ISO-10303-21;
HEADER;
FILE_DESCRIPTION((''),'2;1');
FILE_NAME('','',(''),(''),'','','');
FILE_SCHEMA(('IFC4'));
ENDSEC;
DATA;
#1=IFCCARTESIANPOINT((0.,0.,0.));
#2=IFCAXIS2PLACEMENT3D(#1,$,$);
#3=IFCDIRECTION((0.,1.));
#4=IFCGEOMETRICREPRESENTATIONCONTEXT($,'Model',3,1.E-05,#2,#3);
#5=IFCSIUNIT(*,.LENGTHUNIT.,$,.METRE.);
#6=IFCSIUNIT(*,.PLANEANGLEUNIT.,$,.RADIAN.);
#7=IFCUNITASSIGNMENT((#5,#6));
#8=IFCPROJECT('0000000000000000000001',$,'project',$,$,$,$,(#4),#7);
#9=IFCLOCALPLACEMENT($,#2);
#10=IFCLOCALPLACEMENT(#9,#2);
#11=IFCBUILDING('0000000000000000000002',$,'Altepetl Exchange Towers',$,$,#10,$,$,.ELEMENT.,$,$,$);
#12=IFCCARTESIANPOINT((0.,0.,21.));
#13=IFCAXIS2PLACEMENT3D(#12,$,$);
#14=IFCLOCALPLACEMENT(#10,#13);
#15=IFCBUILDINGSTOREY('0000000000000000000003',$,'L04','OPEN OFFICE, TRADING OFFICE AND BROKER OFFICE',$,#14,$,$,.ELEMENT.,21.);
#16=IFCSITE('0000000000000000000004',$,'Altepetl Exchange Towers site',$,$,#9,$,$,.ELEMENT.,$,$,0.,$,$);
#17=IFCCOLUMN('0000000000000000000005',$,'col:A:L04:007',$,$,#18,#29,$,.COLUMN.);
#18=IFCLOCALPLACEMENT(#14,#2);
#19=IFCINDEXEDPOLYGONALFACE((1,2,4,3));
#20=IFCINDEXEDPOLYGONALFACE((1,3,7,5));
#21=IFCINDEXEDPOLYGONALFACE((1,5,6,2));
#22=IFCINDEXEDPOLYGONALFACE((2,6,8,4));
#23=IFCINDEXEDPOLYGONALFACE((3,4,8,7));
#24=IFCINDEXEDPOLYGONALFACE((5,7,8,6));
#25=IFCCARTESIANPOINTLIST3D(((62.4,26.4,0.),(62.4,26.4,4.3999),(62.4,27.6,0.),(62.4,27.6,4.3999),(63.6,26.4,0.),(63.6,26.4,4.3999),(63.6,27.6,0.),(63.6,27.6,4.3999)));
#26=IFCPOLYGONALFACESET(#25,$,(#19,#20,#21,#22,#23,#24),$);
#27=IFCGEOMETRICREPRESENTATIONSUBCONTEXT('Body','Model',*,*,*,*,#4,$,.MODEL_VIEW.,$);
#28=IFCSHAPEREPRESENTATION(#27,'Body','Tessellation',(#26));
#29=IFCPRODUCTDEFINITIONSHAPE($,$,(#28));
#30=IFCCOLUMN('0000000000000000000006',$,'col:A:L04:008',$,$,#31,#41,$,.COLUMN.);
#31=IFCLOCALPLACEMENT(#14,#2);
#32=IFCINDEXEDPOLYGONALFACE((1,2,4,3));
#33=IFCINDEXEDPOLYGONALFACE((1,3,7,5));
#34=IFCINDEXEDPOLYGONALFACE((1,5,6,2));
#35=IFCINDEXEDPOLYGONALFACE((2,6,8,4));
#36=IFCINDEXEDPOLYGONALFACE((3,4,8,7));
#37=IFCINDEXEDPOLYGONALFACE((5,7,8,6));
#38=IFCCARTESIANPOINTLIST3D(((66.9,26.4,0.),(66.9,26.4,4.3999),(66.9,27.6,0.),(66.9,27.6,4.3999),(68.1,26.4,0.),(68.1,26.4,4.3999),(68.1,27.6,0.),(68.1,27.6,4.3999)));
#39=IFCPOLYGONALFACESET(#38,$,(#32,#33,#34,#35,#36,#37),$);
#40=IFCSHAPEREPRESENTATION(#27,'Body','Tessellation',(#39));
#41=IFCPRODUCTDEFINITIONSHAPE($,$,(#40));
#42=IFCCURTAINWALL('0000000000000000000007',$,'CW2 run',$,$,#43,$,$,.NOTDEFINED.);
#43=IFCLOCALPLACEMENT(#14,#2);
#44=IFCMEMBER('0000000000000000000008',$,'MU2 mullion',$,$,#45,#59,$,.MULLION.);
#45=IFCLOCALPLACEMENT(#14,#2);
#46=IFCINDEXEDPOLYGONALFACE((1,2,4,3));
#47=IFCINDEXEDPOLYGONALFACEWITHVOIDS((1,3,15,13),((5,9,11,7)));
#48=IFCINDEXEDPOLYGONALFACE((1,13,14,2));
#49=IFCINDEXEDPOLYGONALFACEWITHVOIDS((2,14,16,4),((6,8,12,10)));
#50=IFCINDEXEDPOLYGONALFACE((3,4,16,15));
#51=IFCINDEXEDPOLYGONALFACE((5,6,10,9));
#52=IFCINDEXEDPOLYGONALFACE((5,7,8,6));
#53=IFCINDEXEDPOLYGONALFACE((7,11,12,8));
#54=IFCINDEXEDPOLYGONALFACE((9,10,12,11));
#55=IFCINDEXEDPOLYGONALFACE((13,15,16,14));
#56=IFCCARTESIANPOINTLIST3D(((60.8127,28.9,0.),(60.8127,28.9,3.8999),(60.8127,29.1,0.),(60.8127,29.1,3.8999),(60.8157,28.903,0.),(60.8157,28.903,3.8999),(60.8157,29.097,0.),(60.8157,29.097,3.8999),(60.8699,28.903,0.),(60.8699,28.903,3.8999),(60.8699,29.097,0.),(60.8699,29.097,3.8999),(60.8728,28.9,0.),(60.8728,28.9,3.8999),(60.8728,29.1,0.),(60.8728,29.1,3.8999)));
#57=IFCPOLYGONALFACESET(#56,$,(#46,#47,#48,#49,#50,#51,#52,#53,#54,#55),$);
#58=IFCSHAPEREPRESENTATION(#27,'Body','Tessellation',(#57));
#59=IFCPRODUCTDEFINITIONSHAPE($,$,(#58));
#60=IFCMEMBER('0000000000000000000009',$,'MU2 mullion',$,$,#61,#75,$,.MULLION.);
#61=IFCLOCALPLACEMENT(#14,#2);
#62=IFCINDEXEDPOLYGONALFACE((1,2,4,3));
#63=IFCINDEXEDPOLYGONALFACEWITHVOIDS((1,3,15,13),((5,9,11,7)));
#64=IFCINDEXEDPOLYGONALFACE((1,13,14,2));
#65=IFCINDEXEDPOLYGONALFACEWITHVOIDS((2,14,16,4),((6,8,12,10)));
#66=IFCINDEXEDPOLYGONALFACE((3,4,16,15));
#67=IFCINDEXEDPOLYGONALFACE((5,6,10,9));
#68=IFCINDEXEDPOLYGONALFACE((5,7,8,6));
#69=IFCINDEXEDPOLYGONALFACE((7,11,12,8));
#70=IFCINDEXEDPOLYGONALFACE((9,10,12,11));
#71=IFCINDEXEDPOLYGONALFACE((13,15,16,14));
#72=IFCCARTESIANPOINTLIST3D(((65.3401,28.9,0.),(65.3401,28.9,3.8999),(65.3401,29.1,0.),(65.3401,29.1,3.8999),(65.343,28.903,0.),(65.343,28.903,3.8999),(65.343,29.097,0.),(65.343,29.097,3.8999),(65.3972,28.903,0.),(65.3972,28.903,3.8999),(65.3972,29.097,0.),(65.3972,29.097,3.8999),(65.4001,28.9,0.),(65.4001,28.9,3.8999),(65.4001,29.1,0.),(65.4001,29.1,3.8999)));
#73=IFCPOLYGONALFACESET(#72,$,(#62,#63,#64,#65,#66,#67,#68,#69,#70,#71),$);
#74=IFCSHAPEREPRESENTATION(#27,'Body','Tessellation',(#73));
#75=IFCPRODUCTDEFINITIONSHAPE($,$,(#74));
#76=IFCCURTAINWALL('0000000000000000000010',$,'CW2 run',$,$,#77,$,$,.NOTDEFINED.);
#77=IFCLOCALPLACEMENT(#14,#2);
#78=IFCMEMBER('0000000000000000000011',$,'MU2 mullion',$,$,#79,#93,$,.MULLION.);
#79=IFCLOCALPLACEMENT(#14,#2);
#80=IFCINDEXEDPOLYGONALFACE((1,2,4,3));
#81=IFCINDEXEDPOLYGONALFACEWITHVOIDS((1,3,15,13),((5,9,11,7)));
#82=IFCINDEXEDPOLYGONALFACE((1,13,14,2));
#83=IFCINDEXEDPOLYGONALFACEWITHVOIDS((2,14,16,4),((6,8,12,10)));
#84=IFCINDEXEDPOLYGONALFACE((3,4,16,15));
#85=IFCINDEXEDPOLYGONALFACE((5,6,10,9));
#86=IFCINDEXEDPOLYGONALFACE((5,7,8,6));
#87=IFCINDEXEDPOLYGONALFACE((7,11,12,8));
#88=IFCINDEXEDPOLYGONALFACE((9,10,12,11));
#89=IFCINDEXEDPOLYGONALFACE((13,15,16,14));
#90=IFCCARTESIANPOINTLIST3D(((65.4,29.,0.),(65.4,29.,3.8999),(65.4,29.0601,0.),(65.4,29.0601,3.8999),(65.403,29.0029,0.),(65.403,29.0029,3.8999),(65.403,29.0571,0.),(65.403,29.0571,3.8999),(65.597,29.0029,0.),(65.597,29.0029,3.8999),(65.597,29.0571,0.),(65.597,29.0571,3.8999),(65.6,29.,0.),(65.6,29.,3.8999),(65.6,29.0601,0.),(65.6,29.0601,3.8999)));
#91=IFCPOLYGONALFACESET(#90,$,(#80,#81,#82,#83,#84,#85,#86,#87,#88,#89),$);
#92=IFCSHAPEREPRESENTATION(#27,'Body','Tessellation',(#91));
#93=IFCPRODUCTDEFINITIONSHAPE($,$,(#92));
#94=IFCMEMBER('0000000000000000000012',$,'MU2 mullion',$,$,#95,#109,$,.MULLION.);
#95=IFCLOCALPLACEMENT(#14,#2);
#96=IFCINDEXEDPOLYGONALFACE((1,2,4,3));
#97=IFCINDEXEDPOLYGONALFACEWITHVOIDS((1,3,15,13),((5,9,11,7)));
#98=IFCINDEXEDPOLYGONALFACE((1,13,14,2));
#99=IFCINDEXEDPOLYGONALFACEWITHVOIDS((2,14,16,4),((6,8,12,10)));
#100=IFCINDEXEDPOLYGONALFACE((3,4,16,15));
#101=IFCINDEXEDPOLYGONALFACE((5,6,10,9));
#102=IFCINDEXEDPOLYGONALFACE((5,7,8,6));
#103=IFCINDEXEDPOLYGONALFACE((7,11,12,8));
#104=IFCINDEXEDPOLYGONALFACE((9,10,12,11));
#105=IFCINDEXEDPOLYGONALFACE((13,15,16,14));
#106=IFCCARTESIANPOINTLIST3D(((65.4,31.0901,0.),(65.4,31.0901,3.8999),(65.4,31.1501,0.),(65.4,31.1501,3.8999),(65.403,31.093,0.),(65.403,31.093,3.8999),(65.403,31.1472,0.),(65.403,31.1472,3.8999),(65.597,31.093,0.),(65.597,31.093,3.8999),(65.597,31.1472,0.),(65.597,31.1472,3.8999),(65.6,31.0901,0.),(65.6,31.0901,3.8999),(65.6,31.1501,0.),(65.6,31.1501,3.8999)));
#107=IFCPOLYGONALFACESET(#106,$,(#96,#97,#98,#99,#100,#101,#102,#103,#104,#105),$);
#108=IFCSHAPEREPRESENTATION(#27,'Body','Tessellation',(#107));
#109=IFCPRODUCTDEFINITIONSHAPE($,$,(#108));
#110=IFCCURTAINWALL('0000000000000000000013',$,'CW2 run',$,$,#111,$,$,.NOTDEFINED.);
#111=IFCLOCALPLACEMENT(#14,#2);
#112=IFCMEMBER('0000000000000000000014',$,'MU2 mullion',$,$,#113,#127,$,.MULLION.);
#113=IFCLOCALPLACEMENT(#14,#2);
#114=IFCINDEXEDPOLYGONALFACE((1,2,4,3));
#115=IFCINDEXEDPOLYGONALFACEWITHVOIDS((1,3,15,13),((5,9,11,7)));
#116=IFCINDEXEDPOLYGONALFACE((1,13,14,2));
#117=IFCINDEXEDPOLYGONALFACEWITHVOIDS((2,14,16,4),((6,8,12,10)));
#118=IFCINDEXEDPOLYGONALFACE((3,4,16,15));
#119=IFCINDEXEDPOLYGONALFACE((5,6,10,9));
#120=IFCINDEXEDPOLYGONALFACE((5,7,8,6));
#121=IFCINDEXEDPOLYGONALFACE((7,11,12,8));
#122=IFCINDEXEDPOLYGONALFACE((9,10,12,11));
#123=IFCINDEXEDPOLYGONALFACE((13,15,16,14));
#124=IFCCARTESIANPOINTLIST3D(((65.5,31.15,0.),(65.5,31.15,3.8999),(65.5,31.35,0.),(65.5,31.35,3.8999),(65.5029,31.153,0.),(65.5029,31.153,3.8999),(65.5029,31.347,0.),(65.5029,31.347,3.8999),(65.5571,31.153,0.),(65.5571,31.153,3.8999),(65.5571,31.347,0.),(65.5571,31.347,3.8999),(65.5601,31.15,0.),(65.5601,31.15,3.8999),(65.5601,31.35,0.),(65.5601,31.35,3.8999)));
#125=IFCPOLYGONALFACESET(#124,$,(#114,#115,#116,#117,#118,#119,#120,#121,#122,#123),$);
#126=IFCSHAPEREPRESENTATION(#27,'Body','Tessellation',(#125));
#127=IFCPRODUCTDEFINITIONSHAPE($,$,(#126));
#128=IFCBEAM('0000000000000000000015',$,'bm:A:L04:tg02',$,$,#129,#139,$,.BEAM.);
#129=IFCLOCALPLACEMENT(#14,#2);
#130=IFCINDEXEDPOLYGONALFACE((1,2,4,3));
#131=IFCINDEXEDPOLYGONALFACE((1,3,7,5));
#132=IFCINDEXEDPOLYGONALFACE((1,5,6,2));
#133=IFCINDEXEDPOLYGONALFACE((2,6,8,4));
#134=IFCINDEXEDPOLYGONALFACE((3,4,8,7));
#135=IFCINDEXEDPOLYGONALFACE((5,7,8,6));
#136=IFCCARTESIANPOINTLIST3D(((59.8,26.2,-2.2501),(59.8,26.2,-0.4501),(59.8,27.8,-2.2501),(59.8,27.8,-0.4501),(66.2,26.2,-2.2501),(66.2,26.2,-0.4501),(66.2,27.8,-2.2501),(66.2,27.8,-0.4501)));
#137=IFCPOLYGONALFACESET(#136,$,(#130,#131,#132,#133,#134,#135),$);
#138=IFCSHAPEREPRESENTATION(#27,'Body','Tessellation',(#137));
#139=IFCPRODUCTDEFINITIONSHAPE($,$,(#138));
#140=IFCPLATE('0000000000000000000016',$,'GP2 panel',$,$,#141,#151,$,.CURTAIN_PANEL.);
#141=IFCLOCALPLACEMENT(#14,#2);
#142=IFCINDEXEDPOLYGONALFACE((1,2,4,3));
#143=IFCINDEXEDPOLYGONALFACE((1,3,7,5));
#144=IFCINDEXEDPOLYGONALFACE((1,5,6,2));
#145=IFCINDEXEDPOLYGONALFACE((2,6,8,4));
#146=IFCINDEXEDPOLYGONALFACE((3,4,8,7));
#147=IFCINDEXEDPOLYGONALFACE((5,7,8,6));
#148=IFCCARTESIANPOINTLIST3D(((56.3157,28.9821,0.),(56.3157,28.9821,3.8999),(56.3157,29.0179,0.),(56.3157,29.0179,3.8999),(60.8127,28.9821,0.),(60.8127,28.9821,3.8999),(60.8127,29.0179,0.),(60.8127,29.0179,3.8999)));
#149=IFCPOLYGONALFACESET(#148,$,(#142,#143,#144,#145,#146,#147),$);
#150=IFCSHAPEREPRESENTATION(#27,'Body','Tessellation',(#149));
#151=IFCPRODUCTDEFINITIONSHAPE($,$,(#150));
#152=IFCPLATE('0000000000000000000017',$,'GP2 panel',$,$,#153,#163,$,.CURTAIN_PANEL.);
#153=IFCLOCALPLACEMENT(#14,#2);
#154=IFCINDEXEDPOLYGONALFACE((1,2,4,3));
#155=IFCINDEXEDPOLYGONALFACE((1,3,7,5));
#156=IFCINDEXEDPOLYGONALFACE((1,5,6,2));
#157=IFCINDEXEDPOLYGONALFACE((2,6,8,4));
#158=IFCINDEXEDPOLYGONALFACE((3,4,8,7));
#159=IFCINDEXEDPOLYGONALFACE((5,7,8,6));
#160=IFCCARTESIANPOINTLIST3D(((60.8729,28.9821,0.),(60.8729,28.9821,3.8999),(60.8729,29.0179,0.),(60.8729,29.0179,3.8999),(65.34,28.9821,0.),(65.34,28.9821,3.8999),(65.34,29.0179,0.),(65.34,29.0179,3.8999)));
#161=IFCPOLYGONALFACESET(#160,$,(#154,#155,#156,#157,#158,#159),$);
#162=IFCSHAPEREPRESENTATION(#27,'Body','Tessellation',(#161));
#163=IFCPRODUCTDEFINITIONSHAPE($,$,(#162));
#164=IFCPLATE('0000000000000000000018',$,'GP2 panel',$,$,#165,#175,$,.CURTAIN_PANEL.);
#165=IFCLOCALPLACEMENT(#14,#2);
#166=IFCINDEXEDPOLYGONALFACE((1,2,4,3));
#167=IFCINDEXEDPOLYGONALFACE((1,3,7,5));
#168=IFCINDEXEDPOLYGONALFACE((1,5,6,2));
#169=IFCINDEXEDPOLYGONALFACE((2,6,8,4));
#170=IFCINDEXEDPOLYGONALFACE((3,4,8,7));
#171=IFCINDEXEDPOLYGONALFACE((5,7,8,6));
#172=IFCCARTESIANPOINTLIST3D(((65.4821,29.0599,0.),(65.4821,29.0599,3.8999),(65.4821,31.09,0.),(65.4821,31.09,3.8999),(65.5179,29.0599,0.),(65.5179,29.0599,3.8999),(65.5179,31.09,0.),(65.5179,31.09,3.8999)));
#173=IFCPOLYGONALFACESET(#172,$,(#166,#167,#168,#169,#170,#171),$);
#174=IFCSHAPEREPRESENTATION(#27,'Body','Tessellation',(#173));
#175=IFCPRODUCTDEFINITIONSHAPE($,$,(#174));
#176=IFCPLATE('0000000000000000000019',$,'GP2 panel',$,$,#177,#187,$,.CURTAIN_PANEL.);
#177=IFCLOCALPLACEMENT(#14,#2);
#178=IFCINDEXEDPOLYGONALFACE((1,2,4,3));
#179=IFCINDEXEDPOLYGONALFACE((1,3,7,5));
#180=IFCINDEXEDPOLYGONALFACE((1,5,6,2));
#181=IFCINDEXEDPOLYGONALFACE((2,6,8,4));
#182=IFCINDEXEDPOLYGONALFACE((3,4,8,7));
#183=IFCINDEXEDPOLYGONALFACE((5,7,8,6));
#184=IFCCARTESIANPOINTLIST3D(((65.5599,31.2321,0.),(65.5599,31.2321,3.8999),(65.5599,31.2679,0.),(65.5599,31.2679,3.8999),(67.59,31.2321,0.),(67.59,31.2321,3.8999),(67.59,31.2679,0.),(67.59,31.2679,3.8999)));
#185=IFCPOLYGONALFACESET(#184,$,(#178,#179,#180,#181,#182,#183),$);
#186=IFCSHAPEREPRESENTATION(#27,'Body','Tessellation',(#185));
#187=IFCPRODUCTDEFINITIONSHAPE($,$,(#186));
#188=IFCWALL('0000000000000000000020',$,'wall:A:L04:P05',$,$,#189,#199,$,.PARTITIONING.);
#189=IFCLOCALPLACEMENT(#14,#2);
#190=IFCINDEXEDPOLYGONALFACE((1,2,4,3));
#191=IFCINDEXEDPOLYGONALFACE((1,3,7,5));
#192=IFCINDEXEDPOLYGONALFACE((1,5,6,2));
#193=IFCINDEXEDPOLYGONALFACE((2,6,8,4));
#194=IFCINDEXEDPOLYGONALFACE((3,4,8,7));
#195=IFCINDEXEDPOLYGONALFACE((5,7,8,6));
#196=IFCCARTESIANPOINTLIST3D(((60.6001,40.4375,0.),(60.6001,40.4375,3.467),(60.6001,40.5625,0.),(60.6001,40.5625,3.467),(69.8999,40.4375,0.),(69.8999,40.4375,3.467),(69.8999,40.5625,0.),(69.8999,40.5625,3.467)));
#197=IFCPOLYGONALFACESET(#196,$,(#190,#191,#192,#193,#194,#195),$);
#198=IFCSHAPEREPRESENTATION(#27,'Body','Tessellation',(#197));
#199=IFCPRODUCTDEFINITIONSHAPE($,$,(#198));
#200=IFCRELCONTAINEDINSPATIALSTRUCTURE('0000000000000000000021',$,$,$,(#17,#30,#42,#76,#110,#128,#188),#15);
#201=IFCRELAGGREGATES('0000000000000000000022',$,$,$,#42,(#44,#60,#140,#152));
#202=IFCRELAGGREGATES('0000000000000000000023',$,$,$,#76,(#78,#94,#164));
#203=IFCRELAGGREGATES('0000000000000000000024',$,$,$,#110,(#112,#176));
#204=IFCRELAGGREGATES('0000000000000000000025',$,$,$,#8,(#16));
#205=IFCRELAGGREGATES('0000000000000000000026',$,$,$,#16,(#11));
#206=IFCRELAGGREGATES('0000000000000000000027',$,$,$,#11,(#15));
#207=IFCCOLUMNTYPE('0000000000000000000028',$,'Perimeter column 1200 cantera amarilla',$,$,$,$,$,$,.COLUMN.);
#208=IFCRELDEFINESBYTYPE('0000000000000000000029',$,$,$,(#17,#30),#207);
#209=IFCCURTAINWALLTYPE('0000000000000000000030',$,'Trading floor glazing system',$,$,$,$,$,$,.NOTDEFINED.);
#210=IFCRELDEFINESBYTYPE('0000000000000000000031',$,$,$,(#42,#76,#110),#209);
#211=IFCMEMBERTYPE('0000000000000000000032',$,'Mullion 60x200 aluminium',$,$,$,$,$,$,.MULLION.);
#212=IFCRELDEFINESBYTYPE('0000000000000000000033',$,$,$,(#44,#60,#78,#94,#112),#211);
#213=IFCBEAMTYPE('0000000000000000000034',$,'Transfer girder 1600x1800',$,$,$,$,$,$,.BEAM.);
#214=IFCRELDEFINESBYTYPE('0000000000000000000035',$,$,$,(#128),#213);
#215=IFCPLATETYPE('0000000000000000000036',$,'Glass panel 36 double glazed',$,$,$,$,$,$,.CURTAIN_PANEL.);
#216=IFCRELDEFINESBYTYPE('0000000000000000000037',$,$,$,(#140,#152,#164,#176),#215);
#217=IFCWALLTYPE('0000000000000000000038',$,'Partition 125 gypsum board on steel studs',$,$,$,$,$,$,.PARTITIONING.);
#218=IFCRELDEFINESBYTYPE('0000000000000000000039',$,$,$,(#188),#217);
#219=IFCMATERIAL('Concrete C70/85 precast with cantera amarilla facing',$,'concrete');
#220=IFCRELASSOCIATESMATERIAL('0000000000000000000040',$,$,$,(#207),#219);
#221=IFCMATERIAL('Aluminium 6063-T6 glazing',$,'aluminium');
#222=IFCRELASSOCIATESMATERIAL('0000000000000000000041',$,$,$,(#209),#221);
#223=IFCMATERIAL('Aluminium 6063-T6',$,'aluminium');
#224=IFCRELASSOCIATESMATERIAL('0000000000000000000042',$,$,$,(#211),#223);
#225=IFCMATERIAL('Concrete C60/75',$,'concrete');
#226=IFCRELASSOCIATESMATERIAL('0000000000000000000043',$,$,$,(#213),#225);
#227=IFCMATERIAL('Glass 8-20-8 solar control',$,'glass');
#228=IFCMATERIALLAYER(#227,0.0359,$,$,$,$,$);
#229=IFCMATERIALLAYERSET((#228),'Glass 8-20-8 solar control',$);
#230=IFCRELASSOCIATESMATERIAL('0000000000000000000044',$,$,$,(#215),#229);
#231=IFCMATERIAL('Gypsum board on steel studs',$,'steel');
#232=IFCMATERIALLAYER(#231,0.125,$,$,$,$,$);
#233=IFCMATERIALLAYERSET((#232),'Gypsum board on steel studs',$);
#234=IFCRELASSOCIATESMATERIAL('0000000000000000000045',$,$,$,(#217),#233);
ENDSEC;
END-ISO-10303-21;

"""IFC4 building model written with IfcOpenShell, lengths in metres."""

from ifc_helpers import new_model, si_unit, direction, frame, frame_2d, origin, origin_2d, place, context, subcontext, project, spatial, rectangle, hollow_rectangle, extrude, material, layer, layer_set, material_profile, profile_set, type_object, element, aggregate, save


model = new_model("IFC4")

# Units and contexts
model_context = context("Model", 3, precision=1e-05, world=origin(), true_north=direction((0.0, 1.0)))
body_context = subcontext(model_context, "Body", "Model", "MODEL_VIEW")
ifc_project = project(units=[si_unit("LENGTHUNIT", "METRE"), si_unit("PLANEANGLEUNIT", "RADIAN")], contexts=[model_context])

# Site, building, storey
site_placement = place(None, origin())
site = spatial("IfcSite", under=ifc_project, at=site_placement, Name="Altepetl Exchange Towers site", CompositionType="ELEMENT", RefElevation=0.0)
building_placement = place(site_placement, origin())
building = spatial("IfcBuilding", under=site, at=building_placement, Name="Altepetl Exchange Towers", CompositionType="ELEMENT")
storey_placement = place(building_placement, frame((0.0, 0.0, 21.0)))
storey = spatial("IfcBuildingStorey", under=building, at=storey_placement, Name="L04", Description="OPEN OFFICE, TRADING OFFICE AND BROKER OFFICE", CompositionType="ELEMENT", Elevation=21.0)

# Columns
ifc_material_1 = material(Name="Concrete C70/85 precast with cantera amarilla facing", Category="concrete")
ifc_material_profile_1 = material_profile(ifc_material_1, rectangle(XDim=1.2, YDim=1.2, at=origin_2d()), Name="1200 x 1200")
ifc_profile_set_1 = profile_set([ifc_material_profile_1], Name="Concrete C70/85 precast with cantera amarilla facing")
column_type = type_object("IfcColumnType", Name="Perimeter column 1200 cantera amarilla", PredefinedType="COLUMN", material=ifc_profile_set_1)
for number, where, name in (
    (1, (63.0, 27.0, 0.0), "col:A:L04:007"),
    (2, (67.5, 27.0, 0.0), "col:A:L04:008"),
):
    element("IfcColumn", number, at=place(storey_placement, frame(where)), inside=storey, type_object=column_type, Name=name, PredefinedType="COLUMN", context=body_context, shape_type="SweptSolid", body=[
        extrude(rectangle(XDim=1.2, YDim=1.2, at=origin_2d()), origin(), (0.0, 0.0, 1.0), 4.3999),
    ])

# Curtain walls, members
ifc_material_2 = material(Name="Aluminium 6063-T6 glazing", Category="aluminium")
curtain_wall_type = type_object("IfcCurtainWallType", Name="Trading floor glazing system", PredefinedType="NOTDEFINED", material=ifc_material_2)
curtain_wall_1_placement = place(storey_placement, origin())
curtain_wall_1 = element("IfcCurtainWall", 3, at=curtain_wall_1_placement, inside=storey, type_object=curtain_wall_type, Name="CW2 run", PredefinedType="NOTDEFINED")
ifc_material_3 = material(Name="Aluminium 6063-T6", Category="aluminium")
ifc_material_profile_2 = material_profile(ifc_material_3, hollow_rectangle(XDim=0.0601, YDim=0.2, WallThickness=0.0029, at=origin_2d()), Name="Mullion 60x200 aluminium")
ifc_profile_set_2 = profile_set([ifc_material_profile_2], Name="Aluminium 6063-T6")
member_type = type_object("IfcMemberType", Name="Mullion 60x200 aluminium", PredefinedType="MULLION", material=ifc_profile_set_2)
member_1_placement = place(storey_placement, frame((60.8428, 29.0, 0.0)))
member_1 = element("IfcMember", 4, at=member_1_placement, type_object=member_type, Name="MU2 mullion", PredefinedType="MULLION", context=body_context, shape_type="SweptSolid", body=[
    extrude(hollow_rectangle(XDim=0.0601, YDim=0.2, WallThickness=0.0029, at=origin_2d()), origin(), (0.0, 0.0, 1.0), 3.8999),
])
member_2_placement = place(storey_placement, frame((65.3701, 29.0, 0.0)))
member_2 = element("IfcMember", 5, at=member_2_placement, type_object=member_type, Name="MU2 mullion", PredefinedType="MULLION", context=body_context, shape_type="SweptSolid", body=[
    extrude(hollow_rectangle(XDim=0.0601, YDim=0.2, WallThickness=0.0029, at=origin_2d()), origin(), (0.0, 0.0, 1.0), 3.8999),
])
curtain_wall_2_placement = place(storey_placement, origin())
curtain_wall_2 = element("IfcCurtainWall", 6, at=curtain_wall_2_placement, inside=storey, type_object=curtain_wall_type, Name="CW2 run", PredefinedType="NOTDEFINED")
member_3_placement = place(storey_placement, frame((65.5, 29.03, 0.0), z_axis=(0.0, 0.0, 1.0), x_axis=(0.0, 1.0, 0.0)))
member_3 = element("IfcMember", 7, at=member_3_placement, type_object=member_type, Name="MU2 mullion", PredefinedType="MULLION", context=body_context, shape_type="SweptSolid", body=[
    extrude(hollow_rectangle(XDim=0.0601, YDim=0.2, WallThickness=0.0029, at=origin_2d()), origin(), (0.0, 0.0, 1.0), 3.8999),
])
member_4_placement = place(storey_placement, frame((65.5, 31.1201, 0.0), z_axis=(0.0, 0.0, 1.0), x_axis=(0.0, 1.0, 0.0)))
member_4 = element("IfcMember", 8, at=member_4_placement, type_object=member_type, Name="MU2 mullion", PredefinedType="MULLION", context=body_context, shape_type="SweptSolid", body=[
    extrude(hollow_rectangle(XDim=0.0601, YDim=0.2, WallThickness=0.0029, at=origin_2d()), origin(), (0.0, 0.0, 1.0), 3.8999),
])

# Curtain wall, member
curtain_wall_3_placement = place(storey_placement, origin())
curtain_wall_3 = element("IfcCurtainWall", 9, at=curtain_wall_3_placement, inside=storey, type_object=curtain_wall_type, Name="CW2 run", PredefinedType="NOTDEFINED")
member_5_placement = place(storey_placement, frame((65.53, 31.25, 0.0)))
member_5 = element("IfcMember", 10, at=member_5_placement, type_object=member_type, Name="MU2 mullion", PredefinedType="MULLION", context=body_context, shape_type="SweptSolid", body=[
    extrude(hollow_rectangle(XDim=0.0601, YDim=0.2, WallThickness=0.0029, at=origin_2d()), origin(), (0.0, 0.0, 1.0), 3.8999),
])

# Beam
ifc_material_4 = material(Name="Concrete C60/75", Category="concrete")
ifc_material_profile_3 = material_profile(ifc_material_4, rectangle(XDim=1.6001, YDim=1.8, at=origin_2d()), Name="1600 x 1800")
ifc_profile_set_3 = profile_set([ifc_material_profile_3], Name="Concrete C60/75")
beam_type = type_object("IfcBeamType", Name="Transfer girder 1600x1800", PredefinedType="BEAM", material=ifc_profile_set_3)
beam_placement = place(storey_placement, frame((59.8, 27.0, -1.3501), z_axis=(1.0, 0.0, 0.0), x_axis=(0.0, 1.0, 0.0)))
element("IfcBeam", 11, at=beam_placement, inside=storey, type_object=beam_type, Name="bm:A:L04:tg02", PredefinedType="BEAM", context=body_context, shape_type="SweptSolid", body=[
    extrude(rectangle(XDim=1.6001, YDim=1.8, at=origin_2d()), origin(), (0.0, 0.0, 1.0), 6.3999),
])

# Plates
ifc_material_5 = material(Name="Glass 8-20-8 solar control", Category="glass")
ifc_layer_1 = layer(ifc_material_5, 0.0359)
ifc_layer_set_1 = layer_set([ifc_layer_1], Name="Glass 8-20-8 solar control")
plate_type = type_object("IfcPlateType", Name="Glass panel 36 double glazed", PredefinedType="CURTAIN_PANEL", material=ifc_layer_set_1)
plate_1_placement = place(storey_placement, frame((58.5642, 29.0, 0.0)))
plate_1 = element("IfcPlate", 12, at=plate_1_placement, type_object=plate_type, Name="GP2 panel", PredefinedType="CURTAIN_PANEL", context=body_context, shape_type="SweptSolid", body=[
    extrude(rectangle(XDim=4.4971, YDim=0.0359, at=origin_2d()), origin(), (0.0, 0.0, 1.0), 3.8999),
])
plate_2_placement = place(storey_placement, frame((63.1064, 29.0, 0.0)))
plate_2 = element("IfcPlate", 13, at=plate_2_placement, type_object=plate_type, Name="GP2 panel", PredefinedType="CURTAIN_PANEL", context=body_context, shape_type="SweptSolid", body=[
    extrude(rectangle(XDim=4.467, YDim=0.0359, at=origin_2d()), origin(), (0.0, 0.0, 1.0), 3.8999),
])
aggregate(curtain_wall_1, [member_1, member_2, plate_1, plate_2])
plate_3_placement = place(storey_placement, frame((65.5, 30.075, 0.0), z_axis=(0.0, 0.0, 1.0), x_axis=(0.0, 1.0, 0.0)))
plate_3 = element("IfcPlate", 14, at=plate_3_placement, type_object=plate_type, Name="GP2 panel", PredefinedType="CURTAIN_PANEL", context=body_context, shape_type="SweptSolid", body=[
    extrude(rectangle(XDim=2.03, YDim=0.0359, at=origin_2d()), origin(), (0.0, 0.0, 1.0), 3.8999),
])
aggregate(curtain_wall_2, [member_3, member_4, plate_3])
plate_4_placement = place(storey_placement, frame((66.575, 31.25, 0.0)))
plate_4 = element("IfcPlate", 15, at=plate_4_placement, type_object=plate_type, Name="GP2 panel", PredefinedType="CURTAIN_PANEL", context=body_context, shape_type="SweptSolid", body=[
    extrude(rectangle(XDim=2.03, YDim=0.0359, at=origin_2d()), origin(), (0.0, 0.0, 1.0), 3.8999),
])
aggregate(curtain_wall_3, [member_5, plate_4])

# Wall
ifc_material_6 = material(Name="Gypsum board on steel studs", Category="steel")
ifc_layer_2 = layer(ifc_material_6, 0.125)
ifc_layer_set_2 = layer_set([ifc_layer_2], Name="Gypsum board on steel studs")
wall_type = type_object("IfcWallType", Name="Partition 125 gypsum board on steel studs", PredefinedType="PARTITIONING", material=ifc_layer_set_2)
wall_1_placement = place(storey_placement, frame((60.6001, 40.5, 0.0)))
element("IfcWall", 16, at=wall_1_placement, inside=storey, type_object=wall_type, Name="wall:A:L04:P05", PredefinedType="PARTITIONING", context=body_context, shape_type="SweptSolid", body=[
    extrude(rectangle(XDim=9.2998, YDim=0.125, at=frame_2d((4.6499, 0.0))), origin(), (0.0, 0.0, 1.0), 3.467),
])

save(model, "model.ifc")
